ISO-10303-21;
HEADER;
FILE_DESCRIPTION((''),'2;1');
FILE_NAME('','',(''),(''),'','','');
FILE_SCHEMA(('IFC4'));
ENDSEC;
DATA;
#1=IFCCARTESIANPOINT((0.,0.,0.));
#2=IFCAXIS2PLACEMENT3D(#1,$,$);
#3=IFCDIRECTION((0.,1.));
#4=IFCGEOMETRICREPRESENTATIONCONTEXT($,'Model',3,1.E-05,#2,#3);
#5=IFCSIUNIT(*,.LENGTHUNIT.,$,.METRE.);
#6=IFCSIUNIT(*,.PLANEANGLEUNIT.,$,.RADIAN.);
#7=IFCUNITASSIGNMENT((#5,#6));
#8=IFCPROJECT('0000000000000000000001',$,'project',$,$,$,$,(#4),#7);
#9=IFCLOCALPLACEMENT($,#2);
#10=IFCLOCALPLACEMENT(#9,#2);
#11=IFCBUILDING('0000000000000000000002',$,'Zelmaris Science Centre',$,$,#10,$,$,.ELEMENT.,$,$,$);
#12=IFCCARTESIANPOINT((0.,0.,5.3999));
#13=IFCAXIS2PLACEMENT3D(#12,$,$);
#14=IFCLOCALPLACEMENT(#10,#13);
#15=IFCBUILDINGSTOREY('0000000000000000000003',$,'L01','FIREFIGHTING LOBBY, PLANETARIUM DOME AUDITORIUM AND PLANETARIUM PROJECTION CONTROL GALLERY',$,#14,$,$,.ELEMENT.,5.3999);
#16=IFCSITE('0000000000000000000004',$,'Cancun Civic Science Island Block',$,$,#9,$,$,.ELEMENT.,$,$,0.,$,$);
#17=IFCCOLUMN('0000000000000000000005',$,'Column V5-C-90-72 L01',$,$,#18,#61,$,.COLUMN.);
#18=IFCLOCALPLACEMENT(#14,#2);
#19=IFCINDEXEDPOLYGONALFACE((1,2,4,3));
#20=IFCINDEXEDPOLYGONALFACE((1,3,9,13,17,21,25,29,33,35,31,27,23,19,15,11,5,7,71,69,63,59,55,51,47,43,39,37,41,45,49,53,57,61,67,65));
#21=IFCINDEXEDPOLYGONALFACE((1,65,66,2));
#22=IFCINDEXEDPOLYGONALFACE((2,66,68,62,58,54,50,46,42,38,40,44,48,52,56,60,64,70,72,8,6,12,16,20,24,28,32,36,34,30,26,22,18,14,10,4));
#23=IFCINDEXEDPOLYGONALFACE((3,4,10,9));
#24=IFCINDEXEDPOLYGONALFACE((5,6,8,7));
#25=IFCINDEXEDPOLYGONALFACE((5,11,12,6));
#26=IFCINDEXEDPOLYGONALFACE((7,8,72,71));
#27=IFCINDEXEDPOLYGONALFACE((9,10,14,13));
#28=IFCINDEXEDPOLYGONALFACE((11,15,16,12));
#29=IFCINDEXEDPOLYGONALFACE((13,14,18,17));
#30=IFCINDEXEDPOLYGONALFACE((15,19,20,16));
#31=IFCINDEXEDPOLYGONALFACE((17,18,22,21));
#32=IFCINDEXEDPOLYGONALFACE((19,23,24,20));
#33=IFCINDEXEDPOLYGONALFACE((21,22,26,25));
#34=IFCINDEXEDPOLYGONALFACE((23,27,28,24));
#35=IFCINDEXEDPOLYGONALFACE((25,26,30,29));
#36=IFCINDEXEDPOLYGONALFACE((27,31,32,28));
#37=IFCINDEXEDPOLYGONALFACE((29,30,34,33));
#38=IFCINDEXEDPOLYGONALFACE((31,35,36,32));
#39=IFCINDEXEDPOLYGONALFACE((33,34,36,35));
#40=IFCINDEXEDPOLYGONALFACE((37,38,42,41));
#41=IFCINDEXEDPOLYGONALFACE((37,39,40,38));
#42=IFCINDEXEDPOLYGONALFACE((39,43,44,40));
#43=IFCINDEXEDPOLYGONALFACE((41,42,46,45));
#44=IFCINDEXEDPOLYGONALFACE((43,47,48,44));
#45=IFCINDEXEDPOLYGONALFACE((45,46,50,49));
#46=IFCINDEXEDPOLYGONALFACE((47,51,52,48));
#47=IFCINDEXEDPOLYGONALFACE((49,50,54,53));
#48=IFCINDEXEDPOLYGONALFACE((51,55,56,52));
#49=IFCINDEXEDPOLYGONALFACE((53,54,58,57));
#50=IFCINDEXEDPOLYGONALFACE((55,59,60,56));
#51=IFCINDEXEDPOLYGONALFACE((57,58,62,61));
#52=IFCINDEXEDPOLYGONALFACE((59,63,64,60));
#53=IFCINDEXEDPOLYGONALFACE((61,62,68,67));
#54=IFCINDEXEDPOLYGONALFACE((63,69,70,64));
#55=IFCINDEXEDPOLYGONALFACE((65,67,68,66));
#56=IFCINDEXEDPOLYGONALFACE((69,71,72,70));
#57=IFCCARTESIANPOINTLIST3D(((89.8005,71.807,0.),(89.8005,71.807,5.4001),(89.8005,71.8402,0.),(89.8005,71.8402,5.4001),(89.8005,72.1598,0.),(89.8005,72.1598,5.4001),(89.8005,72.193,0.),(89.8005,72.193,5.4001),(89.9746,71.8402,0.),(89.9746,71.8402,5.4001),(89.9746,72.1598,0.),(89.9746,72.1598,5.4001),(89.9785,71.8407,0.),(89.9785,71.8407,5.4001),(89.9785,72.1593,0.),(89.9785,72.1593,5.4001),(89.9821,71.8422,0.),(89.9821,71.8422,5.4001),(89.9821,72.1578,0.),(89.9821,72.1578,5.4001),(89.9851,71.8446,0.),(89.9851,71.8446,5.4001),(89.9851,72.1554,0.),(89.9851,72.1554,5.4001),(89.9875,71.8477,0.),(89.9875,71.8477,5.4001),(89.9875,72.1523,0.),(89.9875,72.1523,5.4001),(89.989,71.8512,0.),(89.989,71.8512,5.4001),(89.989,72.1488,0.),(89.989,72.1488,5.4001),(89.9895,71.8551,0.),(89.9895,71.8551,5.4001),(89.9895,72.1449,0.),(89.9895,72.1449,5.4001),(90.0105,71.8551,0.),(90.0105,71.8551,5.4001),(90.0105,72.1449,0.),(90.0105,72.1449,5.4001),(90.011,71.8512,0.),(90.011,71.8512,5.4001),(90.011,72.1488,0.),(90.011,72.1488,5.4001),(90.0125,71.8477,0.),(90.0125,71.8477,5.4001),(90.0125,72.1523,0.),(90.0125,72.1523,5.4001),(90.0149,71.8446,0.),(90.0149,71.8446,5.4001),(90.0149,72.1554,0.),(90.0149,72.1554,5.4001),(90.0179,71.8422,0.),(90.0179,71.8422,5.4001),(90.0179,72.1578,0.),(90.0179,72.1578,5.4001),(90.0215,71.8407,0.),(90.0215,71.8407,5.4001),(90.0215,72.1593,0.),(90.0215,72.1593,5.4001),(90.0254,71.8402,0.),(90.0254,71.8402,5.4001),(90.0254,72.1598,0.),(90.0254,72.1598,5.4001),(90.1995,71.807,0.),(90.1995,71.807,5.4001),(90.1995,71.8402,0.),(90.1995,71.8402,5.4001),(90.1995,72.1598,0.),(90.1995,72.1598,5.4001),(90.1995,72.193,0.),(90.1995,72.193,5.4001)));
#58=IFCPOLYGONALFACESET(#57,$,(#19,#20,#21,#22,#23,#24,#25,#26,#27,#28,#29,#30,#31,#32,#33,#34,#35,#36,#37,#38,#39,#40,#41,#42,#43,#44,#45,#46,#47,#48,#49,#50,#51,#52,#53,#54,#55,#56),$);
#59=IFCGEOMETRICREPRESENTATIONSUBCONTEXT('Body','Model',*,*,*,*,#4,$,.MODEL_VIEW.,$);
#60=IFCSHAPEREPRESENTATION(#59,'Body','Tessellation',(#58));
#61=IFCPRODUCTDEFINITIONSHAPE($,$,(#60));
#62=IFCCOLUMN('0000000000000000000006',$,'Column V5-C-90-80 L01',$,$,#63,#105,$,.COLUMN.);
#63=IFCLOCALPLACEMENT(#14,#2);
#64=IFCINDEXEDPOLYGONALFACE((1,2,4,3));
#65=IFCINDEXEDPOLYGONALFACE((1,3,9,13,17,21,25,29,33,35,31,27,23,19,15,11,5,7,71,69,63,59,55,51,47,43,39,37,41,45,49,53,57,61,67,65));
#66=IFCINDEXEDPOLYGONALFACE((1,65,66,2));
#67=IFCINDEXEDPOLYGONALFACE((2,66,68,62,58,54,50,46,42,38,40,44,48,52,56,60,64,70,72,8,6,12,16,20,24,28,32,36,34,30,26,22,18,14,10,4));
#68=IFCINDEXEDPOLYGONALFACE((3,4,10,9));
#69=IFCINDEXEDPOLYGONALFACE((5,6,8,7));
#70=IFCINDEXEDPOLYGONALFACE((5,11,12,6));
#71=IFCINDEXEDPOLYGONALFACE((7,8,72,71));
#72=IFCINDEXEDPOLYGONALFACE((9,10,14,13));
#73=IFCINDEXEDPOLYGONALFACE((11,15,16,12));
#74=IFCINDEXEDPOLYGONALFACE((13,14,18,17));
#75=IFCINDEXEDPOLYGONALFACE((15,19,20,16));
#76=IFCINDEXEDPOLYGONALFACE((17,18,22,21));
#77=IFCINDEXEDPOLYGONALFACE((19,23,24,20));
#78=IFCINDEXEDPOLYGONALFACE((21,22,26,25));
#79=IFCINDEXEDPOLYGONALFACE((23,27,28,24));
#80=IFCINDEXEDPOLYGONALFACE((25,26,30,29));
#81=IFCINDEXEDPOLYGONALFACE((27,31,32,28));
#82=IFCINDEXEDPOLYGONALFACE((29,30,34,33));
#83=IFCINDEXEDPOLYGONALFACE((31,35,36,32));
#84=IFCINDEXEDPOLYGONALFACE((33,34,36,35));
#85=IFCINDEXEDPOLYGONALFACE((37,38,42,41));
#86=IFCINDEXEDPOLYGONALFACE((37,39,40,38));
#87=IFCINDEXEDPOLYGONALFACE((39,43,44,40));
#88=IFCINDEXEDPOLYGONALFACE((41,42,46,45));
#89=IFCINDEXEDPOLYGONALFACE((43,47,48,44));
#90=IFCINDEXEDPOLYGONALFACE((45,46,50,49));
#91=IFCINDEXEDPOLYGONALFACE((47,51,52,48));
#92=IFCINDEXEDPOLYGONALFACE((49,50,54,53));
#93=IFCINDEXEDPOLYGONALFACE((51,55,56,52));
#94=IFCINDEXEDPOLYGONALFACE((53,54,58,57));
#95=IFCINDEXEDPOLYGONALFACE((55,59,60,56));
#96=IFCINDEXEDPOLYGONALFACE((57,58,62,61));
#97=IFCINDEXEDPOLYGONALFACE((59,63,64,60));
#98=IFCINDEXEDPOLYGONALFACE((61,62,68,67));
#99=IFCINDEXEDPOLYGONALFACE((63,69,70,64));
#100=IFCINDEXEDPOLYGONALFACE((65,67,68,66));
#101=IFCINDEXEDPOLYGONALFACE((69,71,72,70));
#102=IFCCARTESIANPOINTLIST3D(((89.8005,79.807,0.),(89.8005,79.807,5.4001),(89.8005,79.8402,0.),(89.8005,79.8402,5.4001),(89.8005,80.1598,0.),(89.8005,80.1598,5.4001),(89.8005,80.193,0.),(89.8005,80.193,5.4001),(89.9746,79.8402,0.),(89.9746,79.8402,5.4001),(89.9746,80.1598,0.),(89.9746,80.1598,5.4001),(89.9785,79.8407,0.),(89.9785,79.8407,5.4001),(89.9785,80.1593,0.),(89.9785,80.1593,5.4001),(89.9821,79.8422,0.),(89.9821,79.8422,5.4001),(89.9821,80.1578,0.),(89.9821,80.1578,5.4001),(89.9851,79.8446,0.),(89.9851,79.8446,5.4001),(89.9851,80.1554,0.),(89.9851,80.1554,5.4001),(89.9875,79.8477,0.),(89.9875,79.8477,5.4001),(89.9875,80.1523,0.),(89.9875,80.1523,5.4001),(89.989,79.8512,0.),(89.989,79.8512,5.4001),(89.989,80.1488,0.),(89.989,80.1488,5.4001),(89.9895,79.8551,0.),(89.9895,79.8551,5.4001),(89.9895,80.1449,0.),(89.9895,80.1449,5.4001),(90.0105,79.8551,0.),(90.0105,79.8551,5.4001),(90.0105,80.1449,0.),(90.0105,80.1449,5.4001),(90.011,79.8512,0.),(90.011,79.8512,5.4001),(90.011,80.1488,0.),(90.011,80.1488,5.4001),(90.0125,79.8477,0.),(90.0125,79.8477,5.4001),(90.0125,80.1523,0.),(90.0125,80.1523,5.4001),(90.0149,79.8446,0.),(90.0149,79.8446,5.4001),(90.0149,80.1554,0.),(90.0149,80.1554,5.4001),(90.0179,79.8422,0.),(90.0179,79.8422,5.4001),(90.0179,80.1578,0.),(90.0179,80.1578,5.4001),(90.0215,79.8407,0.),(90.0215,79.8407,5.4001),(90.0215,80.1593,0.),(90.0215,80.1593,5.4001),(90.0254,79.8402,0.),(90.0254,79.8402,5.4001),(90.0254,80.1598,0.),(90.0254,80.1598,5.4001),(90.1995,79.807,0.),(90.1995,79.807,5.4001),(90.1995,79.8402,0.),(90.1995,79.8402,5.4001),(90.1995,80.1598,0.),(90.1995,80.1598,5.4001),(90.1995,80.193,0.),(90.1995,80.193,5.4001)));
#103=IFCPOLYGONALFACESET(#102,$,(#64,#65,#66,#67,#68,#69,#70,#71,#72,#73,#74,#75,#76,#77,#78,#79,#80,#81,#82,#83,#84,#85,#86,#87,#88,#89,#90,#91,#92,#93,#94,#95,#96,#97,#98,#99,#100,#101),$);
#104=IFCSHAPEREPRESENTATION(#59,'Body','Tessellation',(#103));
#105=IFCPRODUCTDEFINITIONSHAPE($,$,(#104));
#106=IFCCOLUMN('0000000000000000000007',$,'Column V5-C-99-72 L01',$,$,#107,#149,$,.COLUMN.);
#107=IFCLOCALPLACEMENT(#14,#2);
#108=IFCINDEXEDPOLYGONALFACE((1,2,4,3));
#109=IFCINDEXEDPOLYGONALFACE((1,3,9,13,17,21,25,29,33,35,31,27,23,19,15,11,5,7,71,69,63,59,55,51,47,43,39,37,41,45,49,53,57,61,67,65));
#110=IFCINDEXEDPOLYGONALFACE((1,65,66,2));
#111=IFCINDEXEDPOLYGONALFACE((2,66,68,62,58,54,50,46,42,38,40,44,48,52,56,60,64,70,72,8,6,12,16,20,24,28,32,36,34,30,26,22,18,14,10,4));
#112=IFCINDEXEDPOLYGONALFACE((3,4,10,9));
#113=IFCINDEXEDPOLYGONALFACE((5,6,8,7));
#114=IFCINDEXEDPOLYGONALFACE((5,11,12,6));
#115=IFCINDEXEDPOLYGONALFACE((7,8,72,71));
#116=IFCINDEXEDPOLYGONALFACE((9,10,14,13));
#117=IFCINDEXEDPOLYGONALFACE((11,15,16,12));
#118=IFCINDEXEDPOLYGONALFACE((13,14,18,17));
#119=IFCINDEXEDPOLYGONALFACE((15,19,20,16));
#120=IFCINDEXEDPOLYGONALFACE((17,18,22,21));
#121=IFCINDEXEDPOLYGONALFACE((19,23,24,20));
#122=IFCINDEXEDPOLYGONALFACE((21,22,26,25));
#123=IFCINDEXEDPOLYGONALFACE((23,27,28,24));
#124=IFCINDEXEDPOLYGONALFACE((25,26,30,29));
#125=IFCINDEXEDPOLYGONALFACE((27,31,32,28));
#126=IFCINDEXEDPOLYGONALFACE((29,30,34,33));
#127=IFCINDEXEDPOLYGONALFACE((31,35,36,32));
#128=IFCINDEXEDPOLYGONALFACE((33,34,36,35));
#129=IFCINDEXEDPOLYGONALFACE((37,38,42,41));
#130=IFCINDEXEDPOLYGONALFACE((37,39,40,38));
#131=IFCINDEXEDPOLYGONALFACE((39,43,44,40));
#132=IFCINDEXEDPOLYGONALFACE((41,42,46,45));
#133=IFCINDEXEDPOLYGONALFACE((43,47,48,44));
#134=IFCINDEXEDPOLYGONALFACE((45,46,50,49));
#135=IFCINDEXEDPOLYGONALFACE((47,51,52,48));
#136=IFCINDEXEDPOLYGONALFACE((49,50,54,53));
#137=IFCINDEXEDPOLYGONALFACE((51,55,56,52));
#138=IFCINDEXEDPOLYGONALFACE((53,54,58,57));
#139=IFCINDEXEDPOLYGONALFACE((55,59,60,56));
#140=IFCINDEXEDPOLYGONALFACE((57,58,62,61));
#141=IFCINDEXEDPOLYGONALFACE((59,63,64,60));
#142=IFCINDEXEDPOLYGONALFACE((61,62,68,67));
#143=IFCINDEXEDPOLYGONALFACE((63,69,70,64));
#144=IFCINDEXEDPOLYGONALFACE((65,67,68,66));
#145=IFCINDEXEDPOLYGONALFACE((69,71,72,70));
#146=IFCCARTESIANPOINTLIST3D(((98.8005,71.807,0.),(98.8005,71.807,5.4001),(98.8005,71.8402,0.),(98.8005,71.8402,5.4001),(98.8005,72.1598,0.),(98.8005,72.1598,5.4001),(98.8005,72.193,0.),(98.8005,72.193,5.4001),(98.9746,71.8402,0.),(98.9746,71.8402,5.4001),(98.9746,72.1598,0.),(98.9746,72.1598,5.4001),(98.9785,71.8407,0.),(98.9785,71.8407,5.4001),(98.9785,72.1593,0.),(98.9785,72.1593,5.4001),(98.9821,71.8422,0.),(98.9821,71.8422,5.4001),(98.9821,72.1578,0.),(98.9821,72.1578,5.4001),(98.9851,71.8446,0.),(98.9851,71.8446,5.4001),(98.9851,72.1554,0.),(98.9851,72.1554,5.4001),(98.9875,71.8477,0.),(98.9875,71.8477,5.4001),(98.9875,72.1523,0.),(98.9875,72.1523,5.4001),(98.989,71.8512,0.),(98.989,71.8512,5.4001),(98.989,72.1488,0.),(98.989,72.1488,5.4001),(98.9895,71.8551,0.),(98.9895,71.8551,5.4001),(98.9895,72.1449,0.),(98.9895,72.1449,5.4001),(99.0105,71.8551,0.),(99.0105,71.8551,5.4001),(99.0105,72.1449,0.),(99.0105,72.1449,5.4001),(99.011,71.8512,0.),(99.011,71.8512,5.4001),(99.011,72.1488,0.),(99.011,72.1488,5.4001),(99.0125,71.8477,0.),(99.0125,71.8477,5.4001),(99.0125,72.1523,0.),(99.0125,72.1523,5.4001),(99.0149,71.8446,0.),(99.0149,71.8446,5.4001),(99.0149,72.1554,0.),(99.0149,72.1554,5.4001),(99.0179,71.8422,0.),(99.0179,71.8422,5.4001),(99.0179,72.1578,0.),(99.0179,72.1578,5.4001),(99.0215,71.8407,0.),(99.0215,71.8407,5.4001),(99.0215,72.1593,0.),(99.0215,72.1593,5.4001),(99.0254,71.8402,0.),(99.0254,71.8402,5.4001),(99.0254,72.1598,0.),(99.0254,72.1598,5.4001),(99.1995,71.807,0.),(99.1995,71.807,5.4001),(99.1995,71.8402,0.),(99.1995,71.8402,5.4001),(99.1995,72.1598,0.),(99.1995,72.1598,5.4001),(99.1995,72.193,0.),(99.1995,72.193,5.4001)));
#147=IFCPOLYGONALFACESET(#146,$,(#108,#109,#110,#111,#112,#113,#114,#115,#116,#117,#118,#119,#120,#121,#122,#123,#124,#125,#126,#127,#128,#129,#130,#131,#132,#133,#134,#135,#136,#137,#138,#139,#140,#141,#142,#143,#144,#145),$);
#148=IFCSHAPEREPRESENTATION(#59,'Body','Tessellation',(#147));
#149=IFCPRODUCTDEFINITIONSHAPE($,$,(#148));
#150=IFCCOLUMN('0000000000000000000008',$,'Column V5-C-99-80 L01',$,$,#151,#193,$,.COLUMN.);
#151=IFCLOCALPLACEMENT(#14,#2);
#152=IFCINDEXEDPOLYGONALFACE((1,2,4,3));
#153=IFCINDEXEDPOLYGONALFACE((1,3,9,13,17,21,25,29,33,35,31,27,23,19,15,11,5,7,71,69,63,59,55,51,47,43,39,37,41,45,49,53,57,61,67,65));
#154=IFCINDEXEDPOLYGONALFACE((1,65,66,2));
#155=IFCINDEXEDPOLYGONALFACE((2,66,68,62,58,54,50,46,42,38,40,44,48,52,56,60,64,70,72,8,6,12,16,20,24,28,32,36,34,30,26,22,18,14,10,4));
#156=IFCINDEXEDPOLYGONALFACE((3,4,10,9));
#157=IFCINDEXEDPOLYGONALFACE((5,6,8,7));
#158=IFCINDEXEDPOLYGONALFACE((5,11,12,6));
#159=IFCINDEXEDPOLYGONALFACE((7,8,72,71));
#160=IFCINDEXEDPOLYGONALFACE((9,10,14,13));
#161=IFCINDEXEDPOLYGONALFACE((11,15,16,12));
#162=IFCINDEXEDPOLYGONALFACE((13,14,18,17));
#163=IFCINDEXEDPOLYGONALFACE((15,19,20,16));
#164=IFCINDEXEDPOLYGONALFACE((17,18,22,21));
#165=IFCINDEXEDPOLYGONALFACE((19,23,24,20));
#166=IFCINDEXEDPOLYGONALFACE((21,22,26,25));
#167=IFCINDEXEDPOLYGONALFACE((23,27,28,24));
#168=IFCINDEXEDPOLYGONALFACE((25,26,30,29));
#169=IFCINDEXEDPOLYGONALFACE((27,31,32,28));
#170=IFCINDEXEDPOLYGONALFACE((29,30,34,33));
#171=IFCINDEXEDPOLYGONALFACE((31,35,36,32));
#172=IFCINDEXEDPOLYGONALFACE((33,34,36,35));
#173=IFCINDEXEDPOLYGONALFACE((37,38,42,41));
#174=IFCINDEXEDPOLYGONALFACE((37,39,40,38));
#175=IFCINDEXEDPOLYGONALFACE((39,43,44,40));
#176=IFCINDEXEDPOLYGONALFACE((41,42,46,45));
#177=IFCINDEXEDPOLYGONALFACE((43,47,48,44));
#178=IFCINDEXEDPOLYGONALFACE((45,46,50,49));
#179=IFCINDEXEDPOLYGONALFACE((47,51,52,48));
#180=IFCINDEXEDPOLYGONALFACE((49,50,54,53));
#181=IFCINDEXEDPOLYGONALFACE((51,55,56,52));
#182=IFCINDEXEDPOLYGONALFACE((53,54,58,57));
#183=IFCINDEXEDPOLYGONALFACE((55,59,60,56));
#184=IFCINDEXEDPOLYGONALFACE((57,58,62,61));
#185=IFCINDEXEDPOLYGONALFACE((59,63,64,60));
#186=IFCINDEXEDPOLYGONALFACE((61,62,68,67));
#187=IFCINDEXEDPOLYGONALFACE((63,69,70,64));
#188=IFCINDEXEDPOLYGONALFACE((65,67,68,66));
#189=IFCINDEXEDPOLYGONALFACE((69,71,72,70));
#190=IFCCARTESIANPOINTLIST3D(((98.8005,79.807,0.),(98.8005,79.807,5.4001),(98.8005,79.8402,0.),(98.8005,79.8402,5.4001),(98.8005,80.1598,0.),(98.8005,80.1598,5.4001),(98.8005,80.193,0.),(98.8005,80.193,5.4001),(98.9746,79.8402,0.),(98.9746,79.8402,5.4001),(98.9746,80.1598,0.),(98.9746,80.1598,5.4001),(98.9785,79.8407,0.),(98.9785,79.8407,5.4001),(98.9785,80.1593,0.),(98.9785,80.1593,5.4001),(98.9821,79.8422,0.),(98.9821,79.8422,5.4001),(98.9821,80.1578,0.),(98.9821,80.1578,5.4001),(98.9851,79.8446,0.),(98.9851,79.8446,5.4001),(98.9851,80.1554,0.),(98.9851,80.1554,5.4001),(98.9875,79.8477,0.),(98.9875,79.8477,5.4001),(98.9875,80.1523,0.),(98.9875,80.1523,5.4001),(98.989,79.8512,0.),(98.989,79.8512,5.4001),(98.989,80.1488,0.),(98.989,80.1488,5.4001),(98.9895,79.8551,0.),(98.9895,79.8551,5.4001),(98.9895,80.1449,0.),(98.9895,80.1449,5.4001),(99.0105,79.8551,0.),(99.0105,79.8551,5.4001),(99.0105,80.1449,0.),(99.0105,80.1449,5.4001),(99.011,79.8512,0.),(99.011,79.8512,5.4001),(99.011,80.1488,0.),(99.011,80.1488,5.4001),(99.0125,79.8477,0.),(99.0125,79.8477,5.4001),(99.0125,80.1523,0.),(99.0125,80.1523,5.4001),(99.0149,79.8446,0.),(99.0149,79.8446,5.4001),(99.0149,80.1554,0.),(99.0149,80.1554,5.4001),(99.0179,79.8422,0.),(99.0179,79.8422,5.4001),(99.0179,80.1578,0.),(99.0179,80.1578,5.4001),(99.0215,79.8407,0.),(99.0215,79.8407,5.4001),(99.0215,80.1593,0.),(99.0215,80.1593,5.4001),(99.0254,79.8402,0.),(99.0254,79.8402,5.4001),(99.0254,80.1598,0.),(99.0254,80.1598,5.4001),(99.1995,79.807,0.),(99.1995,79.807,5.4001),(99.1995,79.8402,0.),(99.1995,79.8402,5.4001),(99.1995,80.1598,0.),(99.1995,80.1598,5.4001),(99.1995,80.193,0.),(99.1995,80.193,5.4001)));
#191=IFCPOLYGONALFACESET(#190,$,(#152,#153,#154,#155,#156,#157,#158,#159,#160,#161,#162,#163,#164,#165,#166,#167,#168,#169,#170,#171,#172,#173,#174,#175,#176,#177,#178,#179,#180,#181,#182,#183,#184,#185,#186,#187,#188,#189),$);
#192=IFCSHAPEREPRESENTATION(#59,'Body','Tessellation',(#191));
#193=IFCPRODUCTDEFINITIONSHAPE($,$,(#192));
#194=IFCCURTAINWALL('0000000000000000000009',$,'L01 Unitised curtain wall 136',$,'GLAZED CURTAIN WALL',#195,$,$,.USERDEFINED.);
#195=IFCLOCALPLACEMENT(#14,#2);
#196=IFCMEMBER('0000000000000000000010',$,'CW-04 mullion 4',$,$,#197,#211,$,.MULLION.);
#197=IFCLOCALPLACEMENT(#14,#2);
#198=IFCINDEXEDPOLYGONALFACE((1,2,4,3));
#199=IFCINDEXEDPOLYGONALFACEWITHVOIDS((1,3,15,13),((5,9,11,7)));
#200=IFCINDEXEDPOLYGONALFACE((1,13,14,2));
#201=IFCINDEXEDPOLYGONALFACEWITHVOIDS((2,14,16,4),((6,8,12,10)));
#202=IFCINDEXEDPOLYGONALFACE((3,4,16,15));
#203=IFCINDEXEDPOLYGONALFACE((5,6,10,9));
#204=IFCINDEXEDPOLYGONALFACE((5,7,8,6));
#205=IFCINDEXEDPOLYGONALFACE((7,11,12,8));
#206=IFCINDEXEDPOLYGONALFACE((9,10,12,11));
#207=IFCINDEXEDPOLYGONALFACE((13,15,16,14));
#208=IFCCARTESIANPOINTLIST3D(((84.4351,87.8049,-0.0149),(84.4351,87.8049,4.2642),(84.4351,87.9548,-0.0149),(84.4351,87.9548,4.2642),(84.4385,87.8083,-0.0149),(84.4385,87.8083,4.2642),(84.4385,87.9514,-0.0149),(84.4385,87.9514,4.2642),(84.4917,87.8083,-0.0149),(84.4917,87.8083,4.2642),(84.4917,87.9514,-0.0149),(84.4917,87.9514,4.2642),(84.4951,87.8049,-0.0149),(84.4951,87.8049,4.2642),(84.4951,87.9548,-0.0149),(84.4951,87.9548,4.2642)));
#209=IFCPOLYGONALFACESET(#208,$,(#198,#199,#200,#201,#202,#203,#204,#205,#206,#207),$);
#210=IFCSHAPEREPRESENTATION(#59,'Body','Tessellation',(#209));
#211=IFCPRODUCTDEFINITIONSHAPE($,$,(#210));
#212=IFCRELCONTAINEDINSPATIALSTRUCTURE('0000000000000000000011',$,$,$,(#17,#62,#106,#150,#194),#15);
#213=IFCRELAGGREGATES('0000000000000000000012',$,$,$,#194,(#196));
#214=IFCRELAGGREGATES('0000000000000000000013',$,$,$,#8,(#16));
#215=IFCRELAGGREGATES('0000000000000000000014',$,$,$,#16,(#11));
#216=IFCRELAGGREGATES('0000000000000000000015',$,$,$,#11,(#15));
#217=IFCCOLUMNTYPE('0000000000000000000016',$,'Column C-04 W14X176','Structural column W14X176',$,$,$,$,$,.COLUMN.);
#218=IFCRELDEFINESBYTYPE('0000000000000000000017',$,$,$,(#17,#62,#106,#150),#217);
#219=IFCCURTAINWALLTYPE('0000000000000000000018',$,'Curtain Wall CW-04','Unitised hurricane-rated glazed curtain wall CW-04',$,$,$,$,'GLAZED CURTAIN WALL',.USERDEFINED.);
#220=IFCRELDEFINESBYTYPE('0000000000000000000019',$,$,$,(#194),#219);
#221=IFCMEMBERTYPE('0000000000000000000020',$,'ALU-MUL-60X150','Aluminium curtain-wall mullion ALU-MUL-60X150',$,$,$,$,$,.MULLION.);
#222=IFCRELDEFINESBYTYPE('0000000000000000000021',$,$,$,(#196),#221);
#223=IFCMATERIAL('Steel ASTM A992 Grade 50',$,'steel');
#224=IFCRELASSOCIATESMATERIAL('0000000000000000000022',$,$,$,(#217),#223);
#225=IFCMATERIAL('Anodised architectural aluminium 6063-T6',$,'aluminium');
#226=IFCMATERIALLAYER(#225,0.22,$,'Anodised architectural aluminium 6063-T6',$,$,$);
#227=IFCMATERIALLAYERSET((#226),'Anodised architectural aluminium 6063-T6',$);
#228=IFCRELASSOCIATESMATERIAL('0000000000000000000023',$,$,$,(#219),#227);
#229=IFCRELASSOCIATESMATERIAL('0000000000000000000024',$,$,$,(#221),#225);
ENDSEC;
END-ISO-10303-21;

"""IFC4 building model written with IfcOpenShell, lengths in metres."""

from ifc_helpers import new_model, si_unit, direction, frame, origin, origin_2d, place, context, subcontext, project, spatial, hollow_rectangle, i_section, extrude, material, layer, layer_set, material_profile, profile_set, type_object, element, aggregate, save


model = new_model("IFC4")

# Units and contexts
model_context = context("Model", 3, precision=1e-05, world=origin(), true_north=direction((0.0, 1.0)))
body_context = subcontext(model_context, "Body", "Model", "MODEL_VIEW")
ifc_project = project(units=[si_unit("LENGTHUNIT", "METRE"), si_unit("PLANEANGLEUNIT", "RADIAN")], contexts=[model_context])

# Site, building, storey
site_placement = place(None, origin())
site = spatial("IfcSite", under=ifc_project, at=site_placement, Name="Cancun Civic Science Island Block", CompositionType="ELEMENT", RefElevation=0.0)
building_placement = place(site_placement, origin())
building = spatial("IfcBuilding", under=site, at=building_placement, Name="Zelmaris Science Centre", CompositionType="ELEMENT")
storey_placement = place(building_placement, frame((0.0, 0.0, 5.3999)))
storey = spatial("IfcBuildingStorey", under=building, at=storey_placement, Name="L01", Description="FIREFIGHTING LOBBY, PLANETARIUM DOME AUDITORIUM AND PLANETARIUM PROJECTION CONTROL GALLERY", CompositionType="ELEMENT", Elevation=5.3999)

# Columns
ifc_material_1 = material(Name="Steel ASTM A992 Grade 50", Category="steel")
ifc_material_profile_1 = material_profile(ifc_material_1, i_section(OverallWidth=0.3989, OverallDepth=0.386, WebThickness=0.021, FlangeThickness=0.0332, FilletRadius=0.0149, at=origin_2d()), Name="W14X176")
ifc_profile_set_1 = profile_set([ifc_material_profile_1], Name="Steel ASTM A992 Grade 50")
column_type = type_object("IfcColumnType", Name="Column C-04 W14X176", Description="Structural column W14X176", PredefinedType="COLUMN", material=ifc_profile_set_1)
for number, where, z_axis, x_axis, name in (
    (1, (90.0, 72.0, 0.0), (0.0, 0.0, 1.0), (1.0, 0.0, 0.0), "Column V5-C-90-72 L01"),
    (2, (90.0, 80.0, 0.0), (0.0, 0.0, 1.0), (1.0, 0.0, 0.0), "Column V5-C-90-80 L01"),
    (3, (99.0, 72.0, 0.0), (0.0, 0.0, 1.0), (1.0, 0.0, 0.0), "Column V5-C-99-72 L01"),
    (4, (99.0, 80.0, 0.0), (0.0, 0.0, 1.0), (1.0, 0.0, 0.0), "Column V5-C-99-80 L01"),
):
    element("IfcColumn", number, at=place(storey_placement, frame(where, z_axis=z_axis, x_axis=x_axis)), inside=storey, type_object=column_type, Name=name, PredefinedType="COLUMN", context=body_context, shape_type="SweptSolid", body=[
        extrude(i_section(OverallWidth=0.3989, OverallDepth=0.386, WebThickness=0.021, FlangeThickness=0.0332, FilletRadius=0.0149, at=origin_2d()), origin(), (0.0, 0.0, 1.0), 5.4001),
    ])

# Curtain wall, member
ifc_material_2 = material(Name="Anodised architectural aluminium 6063-T6", Category="aluminium")
ifc_layer_1 = layer(ifc_material_2, 0.22, Name="Anodised architectural aluminium 6063-T6")
ifc_layer_set_1 = layer_set([ifc_layer_1], Name="Anodised architectural aluminium 6063-T6")
curtain_wall_type = type_object("IfcCurtainWallType", Name="Curtain Wall CW-04", Description="Unitised hurricane-rated glazed curtain wall CW-04", ElementType="GLAZED CURTAIN WALL", PredefinedType="USERDEFINED", material=ifc_layer_set_1)
curtain_wall_placement = place(storey_placement, origin())
curtain_wall = element("IfcCurtainWall", 5, at=curtain_wall_placement, inside=storey, type_object=curtain_wall_type, Name="L01 Unitised curtain wall 136", ObjectType="GLAZED CURTAIN WALL", PredefinedType="USERDEFINED")
ifc_material_profile_2 = material_profile(ifc_material_2, hollow_rectangle(XDim=0.0601, YDim=0.1499, WallThickness=0.0034, at=origin_2d()), Name="ALU-MUL-60X150")
ifc_profile_set_2 = profile_set([ifc_material_profile_2], Name="Anodised architectural aluminium 6063-T6")
member_type_1 = type_object("IfcMemberType", Name="ALU-MUL-60X150", Description="Aluminium curtain-wall mullion ALU-MUL-60X150", PredefinedType="MULLION", material=ifc_profile_set_2)
member_1_placement = place(storey_placement, frame((84.4651, 87.8799, -0.0149), z_axis=(0.0, 0.0, 1.0), x_axis=(1.0, 0.0, 0.0)))
member_1 = element("IfcMember", 6, at=member_1_placement, type_object=member_type_1, Name="CW-04 mullion 4", PredefinedType="MULLION", context=body_context, shape_type="SweptSolid", body=[
    extrude(hollow_rectangle(XDim=0.0601, YDim=0.1499, WallThickness=0.0034, at=origin_2d()), origin(), (0.0, 0.0, 1.0), 4.2791),
])

aggregate(curtain_wall, [member_1])

save(model, "model.ifc")
